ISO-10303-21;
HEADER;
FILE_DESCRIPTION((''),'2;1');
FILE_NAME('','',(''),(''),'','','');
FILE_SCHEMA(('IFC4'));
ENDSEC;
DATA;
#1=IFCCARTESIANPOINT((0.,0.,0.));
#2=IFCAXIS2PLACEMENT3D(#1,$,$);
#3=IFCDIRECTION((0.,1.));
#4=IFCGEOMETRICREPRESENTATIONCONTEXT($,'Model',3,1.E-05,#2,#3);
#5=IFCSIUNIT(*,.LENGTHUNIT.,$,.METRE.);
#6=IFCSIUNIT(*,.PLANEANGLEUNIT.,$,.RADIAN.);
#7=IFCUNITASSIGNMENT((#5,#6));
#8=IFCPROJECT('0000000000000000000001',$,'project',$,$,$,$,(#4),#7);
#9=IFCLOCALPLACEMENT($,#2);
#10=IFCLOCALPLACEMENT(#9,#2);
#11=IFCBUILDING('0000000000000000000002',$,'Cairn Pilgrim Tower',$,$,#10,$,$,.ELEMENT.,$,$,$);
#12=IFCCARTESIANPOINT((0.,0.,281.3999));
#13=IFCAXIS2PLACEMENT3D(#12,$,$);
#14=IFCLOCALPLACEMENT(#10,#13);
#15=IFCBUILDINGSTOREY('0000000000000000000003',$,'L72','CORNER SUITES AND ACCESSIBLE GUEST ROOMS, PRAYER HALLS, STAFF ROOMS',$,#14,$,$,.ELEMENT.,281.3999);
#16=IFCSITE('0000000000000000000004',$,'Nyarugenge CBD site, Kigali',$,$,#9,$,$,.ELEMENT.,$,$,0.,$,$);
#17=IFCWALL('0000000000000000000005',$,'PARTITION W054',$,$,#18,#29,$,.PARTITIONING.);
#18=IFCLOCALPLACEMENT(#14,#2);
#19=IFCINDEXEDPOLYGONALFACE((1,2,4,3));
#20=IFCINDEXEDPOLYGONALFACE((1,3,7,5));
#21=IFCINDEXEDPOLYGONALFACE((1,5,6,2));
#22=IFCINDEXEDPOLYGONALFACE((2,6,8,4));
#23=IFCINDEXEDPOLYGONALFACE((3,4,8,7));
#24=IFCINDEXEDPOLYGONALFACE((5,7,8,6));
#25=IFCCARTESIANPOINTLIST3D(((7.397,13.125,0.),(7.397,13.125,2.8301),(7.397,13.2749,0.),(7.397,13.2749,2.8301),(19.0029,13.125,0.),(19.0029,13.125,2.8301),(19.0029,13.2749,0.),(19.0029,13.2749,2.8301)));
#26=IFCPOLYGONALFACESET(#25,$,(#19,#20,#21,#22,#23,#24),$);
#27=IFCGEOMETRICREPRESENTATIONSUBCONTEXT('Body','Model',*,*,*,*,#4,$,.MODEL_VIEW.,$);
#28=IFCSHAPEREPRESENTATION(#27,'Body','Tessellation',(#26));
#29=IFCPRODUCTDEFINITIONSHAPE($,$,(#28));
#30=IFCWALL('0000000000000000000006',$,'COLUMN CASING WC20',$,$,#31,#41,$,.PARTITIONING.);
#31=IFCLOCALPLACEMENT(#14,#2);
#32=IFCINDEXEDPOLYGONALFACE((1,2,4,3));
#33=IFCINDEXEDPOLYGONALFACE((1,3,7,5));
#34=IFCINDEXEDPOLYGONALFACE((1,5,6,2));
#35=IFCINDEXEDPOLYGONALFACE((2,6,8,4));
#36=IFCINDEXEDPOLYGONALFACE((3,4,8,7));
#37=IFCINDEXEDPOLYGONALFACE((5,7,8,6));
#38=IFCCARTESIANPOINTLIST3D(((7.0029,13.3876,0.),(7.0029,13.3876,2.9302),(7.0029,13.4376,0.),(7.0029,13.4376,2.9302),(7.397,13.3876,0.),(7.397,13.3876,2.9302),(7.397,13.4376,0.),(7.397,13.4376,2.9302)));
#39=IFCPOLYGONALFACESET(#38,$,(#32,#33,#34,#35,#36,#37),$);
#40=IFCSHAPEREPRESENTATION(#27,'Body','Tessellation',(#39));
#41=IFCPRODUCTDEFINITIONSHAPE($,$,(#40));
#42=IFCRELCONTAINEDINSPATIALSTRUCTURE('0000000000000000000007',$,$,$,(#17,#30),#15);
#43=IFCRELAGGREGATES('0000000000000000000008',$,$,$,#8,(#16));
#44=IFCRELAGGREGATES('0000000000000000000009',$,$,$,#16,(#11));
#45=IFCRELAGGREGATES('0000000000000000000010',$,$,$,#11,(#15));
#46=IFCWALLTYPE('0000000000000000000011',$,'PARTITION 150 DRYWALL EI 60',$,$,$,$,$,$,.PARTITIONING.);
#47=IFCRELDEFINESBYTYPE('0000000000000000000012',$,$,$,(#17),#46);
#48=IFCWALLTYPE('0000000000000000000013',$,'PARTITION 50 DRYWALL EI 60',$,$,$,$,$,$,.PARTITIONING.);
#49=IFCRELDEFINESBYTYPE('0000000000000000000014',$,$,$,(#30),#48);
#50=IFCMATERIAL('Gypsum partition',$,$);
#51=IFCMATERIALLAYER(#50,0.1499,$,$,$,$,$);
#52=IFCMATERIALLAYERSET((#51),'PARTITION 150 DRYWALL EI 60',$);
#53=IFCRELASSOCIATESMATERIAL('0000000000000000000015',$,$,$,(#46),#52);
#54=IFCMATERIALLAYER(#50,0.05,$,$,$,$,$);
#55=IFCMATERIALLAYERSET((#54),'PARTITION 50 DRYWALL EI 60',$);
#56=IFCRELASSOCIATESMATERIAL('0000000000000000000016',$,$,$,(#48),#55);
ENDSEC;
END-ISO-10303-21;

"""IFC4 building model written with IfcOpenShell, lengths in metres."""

from ifc_helpers import new_model, si_unit, direction, frame, frame_2d, origin, place, context, subcontext, project, spatial, rectangle, extrude, material, layer, layer_set, type_object, element, save


model = new_model("IFC4")

# Units and contexts
model_context = context("Model", 3, precision=1e-05, world=origin(), true_north=direction((0.0, 1.0)))
body_context = subcontext(model_context, "Body", "Model", "MODEL_VIEW")
ifc_project = project(units=[si_unit("LENGTHUNIT", "METRE"), si_unit("PLANEANGLEUNIT", "RADIAN")], contexts=[model_context])

# Site, building, storey
site_placement = place(None, origin())
site = spatial("IfcSite", under=ifc_project, at=site_placement, Name="Nyarugenge CBD site, Kigali", CompositionType="ELEMENT", RefElevation=0.0)
building_placement = place(site_placement, origin())
building = spatial("IfcBuilding", under=site, at=building_placement, Name="Cairn Pilgrim Tower", CompositionType="ELEMENT")
storey_placement = place(building_placement, frame((0.0, 0.0, 281.3999)))
storey = spatial("IfcBuildingStorey", under=building, at=storey_placement, Name="L72", Description="CORNER SUITES AND ACCESSIBLE GUEST ROOMS, PRAYER HALLS, STAFF ROOMS", CompositionType="ELEMENT", Elevation=281.3999)

# Walls
ifc_material_1 = material(Name="Gypsum partition")
ifc_layer_1 = layer(ifc_material_1, 0.1499)
ifc_layer_set_1 = layer_set([ifc_layer_1], Name="PARTITION 150 DRYWALL EI 60")
wall_type_1 = type_object("IfcWallType", Name="PARTITION 150 DRYWALL EI 60", PredefinedType="PARTITIONING", material=ifc_layer_set_1)
wall_1_placement = place(storey_placement, frame((7.397, 13.2, 0.0), z_axis=(0.0, 0.0, 1.0), x_axis=(1.0, 0.0, 0.0)))
element("IfcWall", 1, at=wall_1_placement, inside=storey, type_object=wall_type_1, Name="PARTITION W054", PredefinedType="PARTITIONING", context=body_context, shape_type="SweptSolid", body=[
    extrude(rectangle(XDim=11.606, YDim=0.1499, at=frame_2d((5.803, 0.0))), origin(), (0.0, 0.0, 1.0), 2.8301),
])
ifc_layer_2 = layer(ifc_material_1, 0.05)
ifc_layer_set_2 = layer_set([ifc_layer_2], Name="PARTITION 50 DRYWALL EI 60")
wall_type_2 = type_object("IfcWallType", Name="PARTITION 50 DRYWALL EI 60", PredefinedType="PARTITIONING", material=ifc_layer_set_2)
wall_2_placement = place(storey_placement, frame((7.0029, 13.4126, 0.0), z_axis=(0.0, 0.0, 1.0), x_axis=(1.0, 0.0, 0.0)))
element("IfcWall", 2, at=wall_2_placement, inside=storey, type_object=wall_type_2, Name="COLUMN CASING WC20", PredefinedType="PARTITIONING", context=body_context, shape_type="SweptSolid", body=[
    extrude(rectangle(XDim=0.394, YDim=0.05, at=frame_2d((0.197, 0.0))), origin(), (0.0, 0.0, 1.0), 2.9302),
])

save(model, "model.ifc")
